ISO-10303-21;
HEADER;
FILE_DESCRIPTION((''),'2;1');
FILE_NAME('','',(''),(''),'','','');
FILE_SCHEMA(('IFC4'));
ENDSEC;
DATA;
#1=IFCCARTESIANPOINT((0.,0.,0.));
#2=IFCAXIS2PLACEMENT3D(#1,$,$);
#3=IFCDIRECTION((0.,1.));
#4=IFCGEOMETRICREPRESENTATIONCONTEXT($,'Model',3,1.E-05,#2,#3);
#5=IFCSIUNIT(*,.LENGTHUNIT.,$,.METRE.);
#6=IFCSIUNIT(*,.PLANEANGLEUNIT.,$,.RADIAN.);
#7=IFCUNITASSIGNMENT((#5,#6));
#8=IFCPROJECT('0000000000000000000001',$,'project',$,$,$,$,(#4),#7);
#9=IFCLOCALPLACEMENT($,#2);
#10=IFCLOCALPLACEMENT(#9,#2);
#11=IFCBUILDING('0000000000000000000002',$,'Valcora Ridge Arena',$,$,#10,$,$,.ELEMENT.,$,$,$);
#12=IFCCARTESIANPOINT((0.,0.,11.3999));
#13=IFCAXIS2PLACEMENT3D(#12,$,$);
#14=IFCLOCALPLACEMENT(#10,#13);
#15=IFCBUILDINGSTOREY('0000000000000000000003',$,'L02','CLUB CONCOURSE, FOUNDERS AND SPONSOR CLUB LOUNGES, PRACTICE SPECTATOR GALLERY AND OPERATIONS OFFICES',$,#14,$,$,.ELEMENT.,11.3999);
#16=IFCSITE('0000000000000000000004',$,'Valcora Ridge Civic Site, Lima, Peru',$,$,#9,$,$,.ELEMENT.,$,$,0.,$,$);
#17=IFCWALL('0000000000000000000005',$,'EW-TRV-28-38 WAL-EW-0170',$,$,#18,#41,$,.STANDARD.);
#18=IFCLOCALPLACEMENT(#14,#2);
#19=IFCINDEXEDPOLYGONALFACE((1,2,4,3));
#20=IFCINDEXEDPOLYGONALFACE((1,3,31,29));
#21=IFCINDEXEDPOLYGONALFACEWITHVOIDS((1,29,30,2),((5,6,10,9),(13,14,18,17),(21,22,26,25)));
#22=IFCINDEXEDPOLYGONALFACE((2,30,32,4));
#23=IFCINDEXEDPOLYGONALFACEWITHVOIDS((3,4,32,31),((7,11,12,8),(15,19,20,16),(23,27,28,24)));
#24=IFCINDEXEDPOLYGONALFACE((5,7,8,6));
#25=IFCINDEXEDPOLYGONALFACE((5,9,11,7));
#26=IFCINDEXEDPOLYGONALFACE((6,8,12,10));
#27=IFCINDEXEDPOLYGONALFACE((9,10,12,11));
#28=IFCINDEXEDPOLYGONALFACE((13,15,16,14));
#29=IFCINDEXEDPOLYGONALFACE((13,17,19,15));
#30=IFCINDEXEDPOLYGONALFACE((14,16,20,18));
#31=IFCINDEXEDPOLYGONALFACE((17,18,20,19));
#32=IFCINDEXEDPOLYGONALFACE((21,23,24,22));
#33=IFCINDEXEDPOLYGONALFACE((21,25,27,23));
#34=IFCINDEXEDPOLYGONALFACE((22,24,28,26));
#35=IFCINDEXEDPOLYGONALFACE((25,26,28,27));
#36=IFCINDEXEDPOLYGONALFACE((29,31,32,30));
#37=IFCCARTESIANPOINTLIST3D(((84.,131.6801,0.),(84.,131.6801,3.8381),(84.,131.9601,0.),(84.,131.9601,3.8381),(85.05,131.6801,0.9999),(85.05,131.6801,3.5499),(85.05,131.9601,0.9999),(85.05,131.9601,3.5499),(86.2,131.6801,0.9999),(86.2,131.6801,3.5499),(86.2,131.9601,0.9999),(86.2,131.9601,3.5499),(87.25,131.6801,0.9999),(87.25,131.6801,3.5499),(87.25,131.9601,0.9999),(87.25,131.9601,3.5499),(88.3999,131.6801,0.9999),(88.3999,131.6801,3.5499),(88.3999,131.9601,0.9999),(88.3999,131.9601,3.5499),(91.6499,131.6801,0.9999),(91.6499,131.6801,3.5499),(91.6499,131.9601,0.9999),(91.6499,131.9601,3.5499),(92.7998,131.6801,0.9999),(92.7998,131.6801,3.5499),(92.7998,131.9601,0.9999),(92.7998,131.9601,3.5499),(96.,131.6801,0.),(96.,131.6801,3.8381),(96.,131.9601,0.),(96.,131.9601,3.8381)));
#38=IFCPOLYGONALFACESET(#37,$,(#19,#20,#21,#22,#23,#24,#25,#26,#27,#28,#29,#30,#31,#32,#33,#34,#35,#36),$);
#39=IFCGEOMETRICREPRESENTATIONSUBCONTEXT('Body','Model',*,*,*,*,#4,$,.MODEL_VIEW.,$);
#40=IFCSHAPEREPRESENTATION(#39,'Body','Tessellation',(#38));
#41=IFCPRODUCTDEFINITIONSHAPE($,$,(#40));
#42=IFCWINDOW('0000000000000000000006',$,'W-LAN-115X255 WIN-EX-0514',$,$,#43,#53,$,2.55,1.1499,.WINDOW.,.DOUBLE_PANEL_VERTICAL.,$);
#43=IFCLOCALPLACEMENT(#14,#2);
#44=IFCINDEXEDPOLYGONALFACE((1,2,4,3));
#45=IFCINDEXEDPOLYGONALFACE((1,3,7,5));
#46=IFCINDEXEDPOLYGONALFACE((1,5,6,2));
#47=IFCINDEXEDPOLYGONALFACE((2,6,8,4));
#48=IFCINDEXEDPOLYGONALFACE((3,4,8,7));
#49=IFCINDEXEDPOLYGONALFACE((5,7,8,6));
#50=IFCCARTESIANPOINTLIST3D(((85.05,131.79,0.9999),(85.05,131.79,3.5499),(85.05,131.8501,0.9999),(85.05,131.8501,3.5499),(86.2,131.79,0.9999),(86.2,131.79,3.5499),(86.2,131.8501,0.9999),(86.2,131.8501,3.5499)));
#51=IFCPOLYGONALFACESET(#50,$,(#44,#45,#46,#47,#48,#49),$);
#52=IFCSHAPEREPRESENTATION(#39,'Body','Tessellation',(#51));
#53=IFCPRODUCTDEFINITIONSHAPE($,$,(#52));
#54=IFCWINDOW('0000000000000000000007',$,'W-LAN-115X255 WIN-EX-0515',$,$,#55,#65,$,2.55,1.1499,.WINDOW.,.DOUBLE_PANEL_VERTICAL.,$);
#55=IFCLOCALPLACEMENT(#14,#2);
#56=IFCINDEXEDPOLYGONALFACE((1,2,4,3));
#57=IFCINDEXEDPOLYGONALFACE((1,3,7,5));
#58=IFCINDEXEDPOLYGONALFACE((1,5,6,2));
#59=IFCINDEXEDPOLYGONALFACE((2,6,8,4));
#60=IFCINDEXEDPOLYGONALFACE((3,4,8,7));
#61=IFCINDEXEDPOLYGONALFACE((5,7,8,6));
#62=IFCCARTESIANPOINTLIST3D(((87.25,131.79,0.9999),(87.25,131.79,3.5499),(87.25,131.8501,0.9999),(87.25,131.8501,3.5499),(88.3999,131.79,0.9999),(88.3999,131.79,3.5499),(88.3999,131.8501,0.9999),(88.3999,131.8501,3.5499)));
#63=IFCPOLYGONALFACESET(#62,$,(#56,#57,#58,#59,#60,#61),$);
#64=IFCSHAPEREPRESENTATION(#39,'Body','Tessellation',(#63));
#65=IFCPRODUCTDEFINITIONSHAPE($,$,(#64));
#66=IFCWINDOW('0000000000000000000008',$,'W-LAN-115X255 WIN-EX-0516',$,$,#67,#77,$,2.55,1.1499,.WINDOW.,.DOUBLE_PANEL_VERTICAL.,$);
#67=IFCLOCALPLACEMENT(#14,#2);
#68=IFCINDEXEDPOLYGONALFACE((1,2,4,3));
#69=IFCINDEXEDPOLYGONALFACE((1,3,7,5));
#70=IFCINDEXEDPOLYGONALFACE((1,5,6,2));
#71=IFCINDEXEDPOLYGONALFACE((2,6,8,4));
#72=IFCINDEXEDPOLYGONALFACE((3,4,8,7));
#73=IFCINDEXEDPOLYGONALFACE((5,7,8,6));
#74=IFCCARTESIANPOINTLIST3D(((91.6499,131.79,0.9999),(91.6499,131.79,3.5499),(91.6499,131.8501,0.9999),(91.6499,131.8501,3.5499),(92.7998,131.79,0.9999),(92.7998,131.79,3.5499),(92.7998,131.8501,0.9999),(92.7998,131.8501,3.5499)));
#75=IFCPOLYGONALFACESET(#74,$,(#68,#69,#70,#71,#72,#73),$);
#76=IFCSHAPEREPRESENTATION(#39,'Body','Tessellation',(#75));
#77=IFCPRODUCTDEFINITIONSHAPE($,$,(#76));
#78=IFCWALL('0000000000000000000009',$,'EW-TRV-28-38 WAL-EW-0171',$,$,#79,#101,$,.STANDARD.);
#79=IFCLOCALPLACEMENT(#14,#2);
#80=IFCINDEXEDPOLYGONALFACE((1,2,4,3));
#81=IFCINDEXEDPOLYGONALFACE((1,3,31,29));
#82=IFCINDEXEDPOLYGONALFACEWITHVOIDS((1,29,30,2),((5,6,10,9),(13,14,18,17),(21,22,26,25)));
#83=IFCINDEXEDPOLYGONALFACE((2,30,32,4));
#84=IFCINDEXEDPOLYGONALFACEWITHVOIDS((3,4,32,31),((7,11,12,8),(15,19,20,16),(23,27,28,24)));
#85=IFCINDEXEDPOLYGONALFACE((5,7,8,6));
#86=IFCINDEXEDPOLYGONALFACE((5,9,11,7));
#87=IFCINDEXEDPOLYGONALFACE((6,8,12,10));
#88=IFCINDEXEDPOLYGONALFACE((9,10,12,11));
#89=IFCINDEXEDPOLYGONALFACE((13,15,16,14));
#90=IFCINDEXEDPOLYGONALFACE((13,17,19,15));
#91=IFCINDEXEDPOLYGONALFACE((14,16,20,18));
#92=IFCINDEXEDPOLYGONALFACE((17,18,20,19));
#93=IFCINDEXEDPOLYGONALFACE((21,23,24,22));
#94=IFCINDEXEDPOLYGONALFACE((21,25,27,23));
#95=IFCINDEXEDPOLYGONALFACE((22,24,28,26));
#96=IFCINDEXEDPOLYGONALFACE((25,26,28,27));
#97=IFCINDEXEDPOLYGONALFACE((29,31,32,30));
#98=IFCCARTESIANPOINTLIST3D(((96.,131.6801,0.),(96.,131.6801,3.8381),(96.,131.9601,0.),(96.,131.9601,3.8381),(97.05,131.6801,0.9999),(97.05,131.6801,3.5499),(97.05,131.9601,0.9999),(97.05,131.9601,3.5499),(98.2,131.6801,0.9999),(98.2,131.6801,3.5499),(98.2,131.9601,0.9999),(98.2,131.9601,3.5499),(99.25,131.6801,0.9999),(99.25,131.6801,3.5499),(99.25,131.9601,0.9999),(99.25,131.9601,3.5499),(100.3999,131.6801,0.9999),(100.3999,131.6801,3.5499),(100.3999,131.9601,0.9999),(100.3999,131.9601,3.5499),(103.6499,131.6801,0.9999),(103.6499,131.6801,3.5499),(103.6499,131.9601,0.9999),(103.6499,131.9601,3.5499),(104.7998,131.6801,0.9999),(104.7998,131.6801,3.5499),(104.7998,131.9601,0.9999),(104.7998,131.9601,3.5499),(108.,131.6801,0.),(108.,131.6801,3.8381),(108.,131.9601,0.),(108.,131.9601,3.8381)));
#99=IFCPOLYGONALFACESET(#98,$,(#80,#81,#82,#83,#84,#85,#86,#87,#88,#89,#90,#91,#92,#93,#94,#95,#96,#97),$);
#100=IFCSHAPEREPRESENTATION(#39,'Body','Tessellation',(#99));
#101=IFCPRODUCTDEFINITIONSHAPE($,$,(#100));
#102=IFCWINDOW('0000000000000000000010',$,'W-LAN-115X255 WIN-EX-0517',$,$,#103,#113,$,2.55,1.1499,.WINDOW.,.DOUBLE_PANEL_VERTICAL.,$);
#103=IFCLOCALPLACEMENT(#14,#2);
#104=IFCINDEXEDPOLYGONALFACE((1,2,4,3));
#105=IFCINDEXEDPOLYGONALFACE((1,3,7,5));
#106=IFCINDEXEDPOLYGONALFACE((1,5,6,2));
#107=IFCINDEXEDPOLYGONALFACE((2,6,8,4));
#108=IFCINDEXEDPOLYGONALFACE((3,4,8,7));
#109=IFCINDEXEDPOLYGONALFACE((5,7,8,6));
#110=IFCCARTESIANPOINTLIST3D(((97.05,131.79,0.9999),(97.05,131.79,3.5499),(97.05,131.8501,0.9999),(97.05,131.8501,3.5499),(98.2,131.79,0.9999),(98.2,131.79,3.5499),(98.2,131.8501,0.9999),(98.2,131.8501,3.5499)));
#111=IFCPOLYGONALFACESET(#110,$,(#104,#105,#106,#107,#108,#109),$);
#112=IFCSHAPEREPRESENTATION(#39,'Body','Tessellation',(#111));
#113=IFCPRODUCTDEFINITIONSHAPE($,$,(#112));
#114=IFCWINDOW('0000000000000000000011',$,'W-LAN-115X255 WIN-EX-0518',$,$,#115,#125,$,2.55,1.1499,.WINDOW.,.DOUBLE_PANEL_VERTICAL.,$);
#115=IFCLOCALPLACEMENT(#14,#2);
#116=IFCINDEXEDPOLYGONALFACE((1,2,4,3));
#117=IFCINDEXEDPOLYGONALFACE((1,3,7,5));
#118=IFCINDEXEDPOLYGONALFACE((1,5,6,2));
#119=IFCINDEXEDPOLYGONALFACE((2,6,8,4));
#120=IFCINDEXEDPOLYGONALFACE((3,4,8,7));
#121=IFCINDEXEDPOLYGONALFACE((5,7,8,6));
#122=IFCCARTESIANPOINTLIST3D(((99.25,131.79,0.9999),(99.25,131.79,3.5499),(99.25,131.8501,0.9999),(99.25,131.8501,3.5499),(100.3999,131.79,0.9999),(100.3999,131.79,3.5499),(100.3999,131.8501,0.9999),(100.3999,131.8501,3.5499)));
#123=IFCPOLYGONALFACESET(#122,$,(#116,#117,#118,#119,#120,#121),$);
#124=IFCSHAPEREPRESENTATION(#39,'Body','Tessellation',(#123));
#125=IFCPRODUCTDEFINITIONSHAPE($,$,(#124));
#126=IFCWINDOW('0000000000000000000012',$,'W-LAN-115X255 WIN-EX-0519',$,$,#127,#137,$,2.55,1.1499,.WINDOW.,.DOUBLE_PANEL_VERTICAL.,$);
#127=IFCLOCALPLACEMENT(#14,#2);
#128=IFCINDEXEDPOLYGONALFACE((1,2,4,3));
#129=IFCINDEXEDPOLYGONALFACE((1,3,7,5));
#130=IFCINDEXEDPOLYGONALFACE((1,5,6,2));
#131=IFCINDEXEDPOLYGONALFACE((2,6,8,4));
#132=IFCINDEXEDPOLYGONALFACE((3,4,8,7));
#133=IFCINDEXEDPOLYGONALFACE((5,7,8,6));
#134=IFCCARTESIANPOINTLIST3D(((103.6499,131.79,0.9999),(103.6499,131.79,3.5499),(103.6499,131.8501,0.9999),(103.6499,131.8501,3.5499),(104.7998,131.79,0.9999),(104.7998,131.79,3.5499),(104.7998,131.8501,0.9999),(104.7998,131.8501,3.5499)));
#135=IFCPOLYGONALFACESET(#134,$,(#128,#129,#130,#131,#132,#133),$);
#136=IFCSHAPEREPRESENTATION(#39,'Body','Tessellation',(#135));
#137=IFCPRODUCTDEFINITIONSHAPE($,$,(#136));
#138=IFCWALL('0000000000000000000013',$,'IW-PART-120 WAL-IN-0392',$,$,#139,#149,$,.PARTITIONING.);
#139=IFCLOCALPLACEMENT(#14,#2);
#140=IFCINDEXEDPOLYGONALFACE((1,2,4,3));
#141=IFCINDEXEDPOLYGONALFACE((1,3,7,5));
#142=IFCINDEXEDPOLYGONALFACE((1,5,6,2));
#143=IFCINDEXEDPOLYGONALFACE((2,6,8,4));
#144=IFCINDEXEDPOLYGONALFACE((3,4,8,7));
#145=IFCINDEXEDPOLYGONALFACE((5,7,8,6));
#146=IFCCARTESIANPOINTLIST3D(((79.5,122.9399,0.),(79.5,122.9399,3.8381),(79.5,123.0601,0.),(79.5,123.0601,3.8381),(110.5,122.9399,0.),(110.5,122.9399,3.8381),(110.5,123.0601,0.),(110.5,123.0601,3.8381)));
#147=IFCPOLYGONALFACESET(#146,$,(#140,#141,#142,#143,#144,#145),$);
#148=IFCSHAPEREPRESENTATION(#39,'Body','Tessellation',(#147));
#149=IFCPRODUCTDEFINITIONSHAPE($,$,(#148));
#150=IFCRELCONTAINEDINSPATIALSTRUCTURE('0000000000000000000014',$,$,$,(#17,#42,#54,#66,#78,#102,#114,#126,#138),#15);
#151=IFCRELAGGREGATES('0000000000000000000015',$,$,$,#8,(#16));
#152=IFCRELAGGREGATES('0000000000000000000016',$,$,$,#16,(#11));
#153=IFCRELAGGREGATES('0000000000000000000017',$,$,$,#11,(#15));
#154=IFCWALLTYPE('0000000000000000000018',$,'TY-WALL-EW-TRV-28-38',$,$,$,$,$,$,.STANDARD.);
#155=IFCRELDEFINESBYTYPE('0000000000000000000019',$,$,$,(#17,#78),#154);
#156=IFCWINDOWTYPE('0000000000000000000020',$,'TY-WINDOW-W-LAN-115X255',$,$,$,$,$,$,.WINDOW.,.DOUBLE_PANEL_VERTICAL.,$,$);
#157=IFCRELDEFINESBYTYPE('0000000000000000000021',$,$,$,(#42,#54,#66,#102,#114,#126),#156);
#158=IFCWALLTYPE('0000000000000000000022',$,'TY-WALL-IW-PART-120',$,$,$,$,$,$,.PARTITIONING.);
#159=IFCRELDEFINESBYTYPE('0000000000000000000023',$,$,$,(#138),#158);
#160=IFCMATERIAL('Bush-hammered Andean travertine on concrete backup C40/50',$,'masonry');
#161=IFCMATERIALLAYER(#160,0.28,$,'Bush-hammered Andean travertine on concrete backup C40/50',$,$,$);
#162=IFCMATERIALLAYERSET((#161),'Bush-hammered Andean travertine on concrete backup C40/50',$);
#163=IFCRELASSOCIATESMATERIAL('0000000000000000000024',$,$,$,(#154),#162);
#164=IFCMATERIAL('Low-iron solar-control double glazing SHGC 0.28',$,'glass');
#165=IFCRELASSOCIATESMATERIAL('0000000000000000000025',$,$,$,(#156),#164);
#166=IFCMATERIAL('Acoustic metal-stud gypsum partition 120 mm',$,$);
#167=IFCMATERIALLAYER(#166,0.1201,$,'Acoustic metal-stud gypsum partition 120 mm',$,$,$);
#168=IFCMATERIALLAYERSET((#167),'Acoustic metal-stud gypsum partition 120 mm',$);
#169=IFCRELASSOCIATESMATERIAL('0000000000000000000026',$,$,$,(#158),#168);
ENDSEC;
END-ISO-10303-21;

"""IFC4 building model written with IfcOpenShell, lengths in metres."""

from ifc_helpers import new_model, si_unit, direction, frame, frame_2d, origin, place, context, subcontext, project, spatial, rectangle, extrude, material, layer, layer_set, type_object, element, fill, save


model = new_model("IFC4")

# Units and contexts
model_context = context("Model", 3, precision=1e-05, world=origin(), true_north=direction((0.0, 1.0)))
body_context = subcontext(model_context, "Body", "Model", "MODEL_VIEW")
ifc_project = project(units=[si_unit("LENGTHUNIT", "METRE"), si_unit("PLANEANGLEUNIT", "RADIAN")], contexts=[model_context])

# Site, building, storey
site_placement = place(None, origin())
site = spatial("IfcSite", under=ifc_project, at=site_placement, Name="Valcora Ridge Civic Site, Lima, Peru", CompositionType="ELEMENT", RefElevation=0.0)
building_placement = place(site_placement, origin())
building = spatial("IfcBuilding", under=site, at=building_placement, Name="Valcora Ridge Arena", CompositionType="ELEMENT")
storey_placement = place(building_placement, frame((0.0, 0.0, 11.3999)))
storey = spatial("IfcBuildingStorey", under=building, at=storey_placement, Name="L02", Description="CLUB CONCOURSE, FOUNDERS AND SPONSOR CLUB LOUNGES, PRACTICE SPECTATOR GALLERY AND OPERATIONS OFFICES", CompositionType="ELEMENT", Elevation=11.3999)

# Walls, openings, windows
ifc_material_1 = material(Name="Bush-hammered Andean travertine on concrete backup C40/50", Category="masonry")
ifc_layer_1 = layer(ifc_material_1, 0.28, Name="Bush-hammered Andean travertine on concrete backup C40/50")
ifc_layer_set_1 = layer_set([ifc_layer_1], Name="Bush-hammered Andean travertine on concrete backup C40/50")
wall_type_1 = type_object("IfcWallType", Name="TY-WALL-EW-TRV-28-38", PredefinedType="STANDARD", material=ifc_layer_set_1)
wall_1_placement = place(storey_placement, frame((84.0, 131.8201, 0.0), z_axis=(0.0, 0.0, 1.0), x_axis=(1.0, 0.0, 0.0)))
wall_1 = element("IfcWall", 1, at=wall_1_placement, inside=storey, type_object=wall_type_1, Name="EW-TRV-28-38 WAL-EW-0170", PredefinedType="STANDARD", context=body_context, shape_type="SweptSolid", body=[
    extrude(rectangle(XDim=12.0, YDim=0.28, at=frame_2d((6.0, 0.0))), origin(), (0.0, 0.0, 1.0), 3.8381),
])
opening_1_placement = place(wall_1_placement, frame((1.05, 0.0, 1.0)))
opening_1 = element("IfcOpeningElement", 2, at=opening_1_placement, cuts=wall_1, PredefinedType="OPENING", context=body_context, shape_type="SweptSolid", body=[
    extrude(rectangle(XDim=1.1499, YDim=2.55, at=frame_2d((0.575, 1.2749))), frame((0.0, 0.1499, 0.0), z_axis=(0.0, -1.0, 0.0), x_axis=(1.0, 0.0, 0.0)), (0.0, 0.0, 1.0), 0.3),
])
opening_2_placement = place(wall_1_placement, frame((3.25, 0.0, 1.0)))
opening_2 = element("IfcOpeningElement", 3, at=opening_2_placement, cuts=wall_1, PredefinedType="OPENING", context=body_context, shape_type="SweptSolid", body=[
    extrude(rectangle(XDim=1.1499, YDim=2.55, at=frame_2d((0.575, 1.2749))), frame((0.0, 0.1499, 0.0), z_axis=(0.0, -1.0, 0.0), x_axis=(1.0, 0.0, 0.0)), (0.0, 0.0, 1.0), 0.3),
])
opening_3_placement = place(wall_1_placement, frame((7.6499, 0.0, 1.0)))
opening_3 = element("IfcOpeningElement", 4, at=opening_3_placement, cuts=wall_1, PredefinedType="OPENING", context=body_context, shape_type="SweptSolid", body=[
    extrude(rectangle(XDim=1.1499, YDim=2.55, at=frame_2d((0.575, 1.2749))), frame((0.0, 0.1499, 0.0), z_axis=(0.0, -1.0, 0.0), x_axis=(1.0, 0.0, 0.0)), (0.0, 0.0, 1.0), 0.3),
])
ifc_material_2 = material(Name="Low-iron solar-control double glazing SHGC 0.28", Category="glass")
window_type = type_object("IfcWindowType", Name="TY-WINDOW-W-LAN-115X255", PartitioningType="DOUBLE_PANEL_VERTICAL", PredefinedType="WINDOW", material=ifc_material_2)
window_1_placement = place(opening_1_placement, origin())
window_1 = element("IfcWindow", 5, at=window_1_placement, inside=storey, type_object=window_type, Name="W-LAN-115X255 WIN-EX-0514", OverallHeight=2.55, OverallWidth=1.1499, PartitioningType="DOUBLE_PANEL_VERTICAL", PredefinedType="WINDOW", context=body_context, shape_type="SweptSolid", body=[
    extrude(rectangle(XDim=1.1499, YDim=2.55, at=frame_2d((0.575, 1.2749))), frame((0.0, 0.03, 0.0), z_axis=(0.0, -1.0, 0.0), x_axis=(1.0, 0.0, 0.0)), (0.0, 0.0, 1.0), 0.0601),
])
fill(opening_1, window_1)
window_2_placement = place(opening_2_placement, origin())
window_2 = element("IfcWindow", 6, at=window_2_placement, inside=storey, type_object=window_type, Name="W-LAN-115X255 WIN-EX-0515", OverallHeight=2.55, OverallWidth=1.1499, PartitioningType="DOUBLE_PANEL_VERTICAL", PredefinedType="WINDOW", context=body_context, shape_type="SweptSolid", body=[
    extrude(rectangle(XDim=1.1499, YDim=2.55, at=frame_2d((0.575, 1.2749))), frame((0.0, 0.03, 0.0), z_axis=(0.0, -1.0, 0.0), x_axis=(1.0, 0.0, 0.0)), (0.0, 0.0, 1.0), 0.0601),
])
fill(opening_2, window_2)
window_3_placement = place(opening_3_placement, origin())
window_3 = element("IfcWindow", 7, at=window_3_placement, inside=storey, type_object=window_type, Name="W-LAN-115X255 WIN-EX-0516", OverallHeight=2.55, OverallWidth=1.1499, PartitioningType="DOUBLE_PANEL_VERTICAL", PredefinedType="WINDOW", context=body_context, shape_type="SweptSolid", body=[
    extrude(rectangle(XDim=1.1499, YDim=2.55, at=frame_2d((0.575, 1.2749))), frame((0.0, 0.03, 0.0), z_axis=(0.0, -1.0, 0.0), x_axis=(1.0, 0.0, 0.0)), (0.0, 0.0, 1.0), 0.0601),
])
fill(opening_3, window_3)
wall_2_placement = place(storey_placement, frame((96.0, 131.8201, 0.0), z_axis=(0.0, 0.0, 1.0), x_axis=(1.0, 0.0, 0.0)))
wall_2 = element("IfcWall", 8, at=wall_2_placement, inside=storey, type_object=wall_type_1, Name="EW-TRV-28-38 WAL-EW-0171", PredefinedType="STANDARD", context=body_context, shape_type="SweptSolid", body=[
    extrude(rectangle(XDim=12.0, YDim=0.28, at=frame_2d((6.0, 0.0))), origin(), (0.0, 0.0, 1.0), 3.8381),
])
opening_4_placement = place(wall_2_placement, frame((1.05, 0.0, 1.0)))
opening_4 = element("IfcOpeningElement", 9, at=opening_4_placement, cuts=wall_2, PredefinedType="OPENING", context=body_context, shape_type="SweptSolid", body=[
    extrude(rectangle(XDim=1.1499, YDim=2.55, at=frame_2d((0.575, 1.2749))), frame((0.0, 0.1499, 0.0), z_axis=(0.0, -1.0, 0.0), x_axis=(1.0, 0.0, 0.0)), (0.0, 0.0, 1.0), 0.3),
])
opening_5_placement = place(wall_2_placement, frame((3.25, 0.0, 1.0)))
opening_5 = element("IfcOpeningElement", 10, at=opening_5_placement, cuts=wall_2, PredefinedType="OPENING", context=body_context, shape_type="SweptSolid", body=[
    extrude(rectangle(XDim=1.1499, YDim=2.55, at=frame_2d((0.575, 1.2749))), frame((0.0, 0.1499, 0.0), z_axis=(0.0, -1.0, 0.0), x_axis=(1.0, 0.0, 0.0)), (0.0, 0.0, 1.0), 0.3),
])
opening_6_placement = place(wall_2_placement, frame((7.6499, 0.0, 1.0)))
opening_6 = element("IfcOpeningElement", 11, at=opening_6_placement, cuts=wall_2, PredefinedType="OPENING", context=body_context, shape_type="SweptSolid", body=[
    extrude(rectangle(XDim=1.1499, YDim=2.55, at=frame_2d((0.575, 1.2749))), frame((0.0, 0.1499, 0.0), z_axis=(0.0, -1.0, 0.0), x_axis=(1.0, 0.0, 0.0)), (0.0, 0.0, 1.0), 0.3),
])
window_4_placement = place(opening_4_placement, origin())
window_4 = element("IfcWindow", 12, at=window_4_placement, inside=storey, type_object=window_type, Name="W-LAN-115X255 WIN-EX-0517", OverallHeight=2.55, OverallWidth=1.1499, PartitioningType="DOUBLE_PANEL_VERTICAL", PredefinedType="WINDOW", context=body_context, shape_type="SweptSolid", body=[
    extrude(rectangle(XDim=1.1499, YDim=2.55, at=frame_2d((0.575, 1.2749))), frame((0.0, 0.03, 0.0), z_axis=(0.0, -1.0, 0.0), x_axis=(1.0, 0.0, 0.0)), (0.0, 0.0, 1.0), 0.0601),
])
fill(opening_4, window_4)
window_5_placement = place(opening_5_placement, origin())
window_5 = element("IfcWindow", 13, at=window_5_placement, inside=storey, type_object=window_type, Name="W-LAN-115X255 WIN-EX-0518", OverallHeight=2.55, OverallWidth=1.1499, PartitioningType="DOUBLE_PANEL_VERTICAL", PredefinedType="WINDOW", context=body_context, shape_type="SweptSolid", body=[
    extrude(rectangle(XDim=1.1499, YDim=2.55, at=frame_2d((0.575, 1.2749))), frame((0.0, 0.03, 0.0), z_axis=(0.0, -1.0, 0.0), x_axis=(1.0, 0.0, 0.0)), (0.0, 0.0, 1.0), 0.0601),
])
fill(opening_5, window_5)
window_6_placement = place(opening_6_placement, origin())
window_6 = element("IfcWindow", 14, at=window_6_placement, inside=storey, type_object=window_type, Name="W-LAN-115X255 WIN-EX-0519", OverallHeight=2.55, OverallWidth=1.1499, PartitioningType="DOUBLE_PANEL_VERTICAL", PredefinedType="WINDOW", context=body_context, shape_type="SweptSolid", body=[
    extrude(rectangle(XDim=1.1499, YDim=2.55, at=frame_2d((0.575, 1.2749))), frame((0.0, 0.03, 0.0), z_axis=(0.0, -1.0, 0.0), x_axis=(1.0, 0.0, 0.0)), (0.0, 0.0, 1.0), 0.0601),
])
fill(opening_6, window_6)

# Wall
ifc_material_3 = material(Name="Acoustic metal-stud gypsum partition 120 mm")
ifc_layer_2 = layer(ifc_material_3, 0.1201, Name="Acoustic metal-stud gypsum partition 120 mm")
ifc_layer_set_2 = layer_set([ifc_layer_2], Name="Acoustic metal-stud gypsum partition 120 mm")
wall_type_2 = type_object("IfcWallType", Name="TY-WALL-IW-PART-120", PredefinedType="PARTITIONING", material=ifc_layer_set_2)
wall_3_placement = place(storey_placement, frame((79.5, 123.0, 0.0), z_axis=(0.0, 0.0, 1.0), x_axis=(1.0, 0.0, 0.0)))
element("IfcWall", 15, at=wall_3_placement, inside=storey, type_object=wall_type_2, Name="IW-PART-120 WAL-IN-0392", PredefinedType="PARTITIONING", context=body_context, shape_type="SweptSolid", body=[
    extrude(rectangle(XDim=31.0, YDim=0.1201, at=frame_2d((15.5, 0.0))), origin(), (0.0, 0.0, 1.0), 3.8381),
])

save(model, "model.ifc")
